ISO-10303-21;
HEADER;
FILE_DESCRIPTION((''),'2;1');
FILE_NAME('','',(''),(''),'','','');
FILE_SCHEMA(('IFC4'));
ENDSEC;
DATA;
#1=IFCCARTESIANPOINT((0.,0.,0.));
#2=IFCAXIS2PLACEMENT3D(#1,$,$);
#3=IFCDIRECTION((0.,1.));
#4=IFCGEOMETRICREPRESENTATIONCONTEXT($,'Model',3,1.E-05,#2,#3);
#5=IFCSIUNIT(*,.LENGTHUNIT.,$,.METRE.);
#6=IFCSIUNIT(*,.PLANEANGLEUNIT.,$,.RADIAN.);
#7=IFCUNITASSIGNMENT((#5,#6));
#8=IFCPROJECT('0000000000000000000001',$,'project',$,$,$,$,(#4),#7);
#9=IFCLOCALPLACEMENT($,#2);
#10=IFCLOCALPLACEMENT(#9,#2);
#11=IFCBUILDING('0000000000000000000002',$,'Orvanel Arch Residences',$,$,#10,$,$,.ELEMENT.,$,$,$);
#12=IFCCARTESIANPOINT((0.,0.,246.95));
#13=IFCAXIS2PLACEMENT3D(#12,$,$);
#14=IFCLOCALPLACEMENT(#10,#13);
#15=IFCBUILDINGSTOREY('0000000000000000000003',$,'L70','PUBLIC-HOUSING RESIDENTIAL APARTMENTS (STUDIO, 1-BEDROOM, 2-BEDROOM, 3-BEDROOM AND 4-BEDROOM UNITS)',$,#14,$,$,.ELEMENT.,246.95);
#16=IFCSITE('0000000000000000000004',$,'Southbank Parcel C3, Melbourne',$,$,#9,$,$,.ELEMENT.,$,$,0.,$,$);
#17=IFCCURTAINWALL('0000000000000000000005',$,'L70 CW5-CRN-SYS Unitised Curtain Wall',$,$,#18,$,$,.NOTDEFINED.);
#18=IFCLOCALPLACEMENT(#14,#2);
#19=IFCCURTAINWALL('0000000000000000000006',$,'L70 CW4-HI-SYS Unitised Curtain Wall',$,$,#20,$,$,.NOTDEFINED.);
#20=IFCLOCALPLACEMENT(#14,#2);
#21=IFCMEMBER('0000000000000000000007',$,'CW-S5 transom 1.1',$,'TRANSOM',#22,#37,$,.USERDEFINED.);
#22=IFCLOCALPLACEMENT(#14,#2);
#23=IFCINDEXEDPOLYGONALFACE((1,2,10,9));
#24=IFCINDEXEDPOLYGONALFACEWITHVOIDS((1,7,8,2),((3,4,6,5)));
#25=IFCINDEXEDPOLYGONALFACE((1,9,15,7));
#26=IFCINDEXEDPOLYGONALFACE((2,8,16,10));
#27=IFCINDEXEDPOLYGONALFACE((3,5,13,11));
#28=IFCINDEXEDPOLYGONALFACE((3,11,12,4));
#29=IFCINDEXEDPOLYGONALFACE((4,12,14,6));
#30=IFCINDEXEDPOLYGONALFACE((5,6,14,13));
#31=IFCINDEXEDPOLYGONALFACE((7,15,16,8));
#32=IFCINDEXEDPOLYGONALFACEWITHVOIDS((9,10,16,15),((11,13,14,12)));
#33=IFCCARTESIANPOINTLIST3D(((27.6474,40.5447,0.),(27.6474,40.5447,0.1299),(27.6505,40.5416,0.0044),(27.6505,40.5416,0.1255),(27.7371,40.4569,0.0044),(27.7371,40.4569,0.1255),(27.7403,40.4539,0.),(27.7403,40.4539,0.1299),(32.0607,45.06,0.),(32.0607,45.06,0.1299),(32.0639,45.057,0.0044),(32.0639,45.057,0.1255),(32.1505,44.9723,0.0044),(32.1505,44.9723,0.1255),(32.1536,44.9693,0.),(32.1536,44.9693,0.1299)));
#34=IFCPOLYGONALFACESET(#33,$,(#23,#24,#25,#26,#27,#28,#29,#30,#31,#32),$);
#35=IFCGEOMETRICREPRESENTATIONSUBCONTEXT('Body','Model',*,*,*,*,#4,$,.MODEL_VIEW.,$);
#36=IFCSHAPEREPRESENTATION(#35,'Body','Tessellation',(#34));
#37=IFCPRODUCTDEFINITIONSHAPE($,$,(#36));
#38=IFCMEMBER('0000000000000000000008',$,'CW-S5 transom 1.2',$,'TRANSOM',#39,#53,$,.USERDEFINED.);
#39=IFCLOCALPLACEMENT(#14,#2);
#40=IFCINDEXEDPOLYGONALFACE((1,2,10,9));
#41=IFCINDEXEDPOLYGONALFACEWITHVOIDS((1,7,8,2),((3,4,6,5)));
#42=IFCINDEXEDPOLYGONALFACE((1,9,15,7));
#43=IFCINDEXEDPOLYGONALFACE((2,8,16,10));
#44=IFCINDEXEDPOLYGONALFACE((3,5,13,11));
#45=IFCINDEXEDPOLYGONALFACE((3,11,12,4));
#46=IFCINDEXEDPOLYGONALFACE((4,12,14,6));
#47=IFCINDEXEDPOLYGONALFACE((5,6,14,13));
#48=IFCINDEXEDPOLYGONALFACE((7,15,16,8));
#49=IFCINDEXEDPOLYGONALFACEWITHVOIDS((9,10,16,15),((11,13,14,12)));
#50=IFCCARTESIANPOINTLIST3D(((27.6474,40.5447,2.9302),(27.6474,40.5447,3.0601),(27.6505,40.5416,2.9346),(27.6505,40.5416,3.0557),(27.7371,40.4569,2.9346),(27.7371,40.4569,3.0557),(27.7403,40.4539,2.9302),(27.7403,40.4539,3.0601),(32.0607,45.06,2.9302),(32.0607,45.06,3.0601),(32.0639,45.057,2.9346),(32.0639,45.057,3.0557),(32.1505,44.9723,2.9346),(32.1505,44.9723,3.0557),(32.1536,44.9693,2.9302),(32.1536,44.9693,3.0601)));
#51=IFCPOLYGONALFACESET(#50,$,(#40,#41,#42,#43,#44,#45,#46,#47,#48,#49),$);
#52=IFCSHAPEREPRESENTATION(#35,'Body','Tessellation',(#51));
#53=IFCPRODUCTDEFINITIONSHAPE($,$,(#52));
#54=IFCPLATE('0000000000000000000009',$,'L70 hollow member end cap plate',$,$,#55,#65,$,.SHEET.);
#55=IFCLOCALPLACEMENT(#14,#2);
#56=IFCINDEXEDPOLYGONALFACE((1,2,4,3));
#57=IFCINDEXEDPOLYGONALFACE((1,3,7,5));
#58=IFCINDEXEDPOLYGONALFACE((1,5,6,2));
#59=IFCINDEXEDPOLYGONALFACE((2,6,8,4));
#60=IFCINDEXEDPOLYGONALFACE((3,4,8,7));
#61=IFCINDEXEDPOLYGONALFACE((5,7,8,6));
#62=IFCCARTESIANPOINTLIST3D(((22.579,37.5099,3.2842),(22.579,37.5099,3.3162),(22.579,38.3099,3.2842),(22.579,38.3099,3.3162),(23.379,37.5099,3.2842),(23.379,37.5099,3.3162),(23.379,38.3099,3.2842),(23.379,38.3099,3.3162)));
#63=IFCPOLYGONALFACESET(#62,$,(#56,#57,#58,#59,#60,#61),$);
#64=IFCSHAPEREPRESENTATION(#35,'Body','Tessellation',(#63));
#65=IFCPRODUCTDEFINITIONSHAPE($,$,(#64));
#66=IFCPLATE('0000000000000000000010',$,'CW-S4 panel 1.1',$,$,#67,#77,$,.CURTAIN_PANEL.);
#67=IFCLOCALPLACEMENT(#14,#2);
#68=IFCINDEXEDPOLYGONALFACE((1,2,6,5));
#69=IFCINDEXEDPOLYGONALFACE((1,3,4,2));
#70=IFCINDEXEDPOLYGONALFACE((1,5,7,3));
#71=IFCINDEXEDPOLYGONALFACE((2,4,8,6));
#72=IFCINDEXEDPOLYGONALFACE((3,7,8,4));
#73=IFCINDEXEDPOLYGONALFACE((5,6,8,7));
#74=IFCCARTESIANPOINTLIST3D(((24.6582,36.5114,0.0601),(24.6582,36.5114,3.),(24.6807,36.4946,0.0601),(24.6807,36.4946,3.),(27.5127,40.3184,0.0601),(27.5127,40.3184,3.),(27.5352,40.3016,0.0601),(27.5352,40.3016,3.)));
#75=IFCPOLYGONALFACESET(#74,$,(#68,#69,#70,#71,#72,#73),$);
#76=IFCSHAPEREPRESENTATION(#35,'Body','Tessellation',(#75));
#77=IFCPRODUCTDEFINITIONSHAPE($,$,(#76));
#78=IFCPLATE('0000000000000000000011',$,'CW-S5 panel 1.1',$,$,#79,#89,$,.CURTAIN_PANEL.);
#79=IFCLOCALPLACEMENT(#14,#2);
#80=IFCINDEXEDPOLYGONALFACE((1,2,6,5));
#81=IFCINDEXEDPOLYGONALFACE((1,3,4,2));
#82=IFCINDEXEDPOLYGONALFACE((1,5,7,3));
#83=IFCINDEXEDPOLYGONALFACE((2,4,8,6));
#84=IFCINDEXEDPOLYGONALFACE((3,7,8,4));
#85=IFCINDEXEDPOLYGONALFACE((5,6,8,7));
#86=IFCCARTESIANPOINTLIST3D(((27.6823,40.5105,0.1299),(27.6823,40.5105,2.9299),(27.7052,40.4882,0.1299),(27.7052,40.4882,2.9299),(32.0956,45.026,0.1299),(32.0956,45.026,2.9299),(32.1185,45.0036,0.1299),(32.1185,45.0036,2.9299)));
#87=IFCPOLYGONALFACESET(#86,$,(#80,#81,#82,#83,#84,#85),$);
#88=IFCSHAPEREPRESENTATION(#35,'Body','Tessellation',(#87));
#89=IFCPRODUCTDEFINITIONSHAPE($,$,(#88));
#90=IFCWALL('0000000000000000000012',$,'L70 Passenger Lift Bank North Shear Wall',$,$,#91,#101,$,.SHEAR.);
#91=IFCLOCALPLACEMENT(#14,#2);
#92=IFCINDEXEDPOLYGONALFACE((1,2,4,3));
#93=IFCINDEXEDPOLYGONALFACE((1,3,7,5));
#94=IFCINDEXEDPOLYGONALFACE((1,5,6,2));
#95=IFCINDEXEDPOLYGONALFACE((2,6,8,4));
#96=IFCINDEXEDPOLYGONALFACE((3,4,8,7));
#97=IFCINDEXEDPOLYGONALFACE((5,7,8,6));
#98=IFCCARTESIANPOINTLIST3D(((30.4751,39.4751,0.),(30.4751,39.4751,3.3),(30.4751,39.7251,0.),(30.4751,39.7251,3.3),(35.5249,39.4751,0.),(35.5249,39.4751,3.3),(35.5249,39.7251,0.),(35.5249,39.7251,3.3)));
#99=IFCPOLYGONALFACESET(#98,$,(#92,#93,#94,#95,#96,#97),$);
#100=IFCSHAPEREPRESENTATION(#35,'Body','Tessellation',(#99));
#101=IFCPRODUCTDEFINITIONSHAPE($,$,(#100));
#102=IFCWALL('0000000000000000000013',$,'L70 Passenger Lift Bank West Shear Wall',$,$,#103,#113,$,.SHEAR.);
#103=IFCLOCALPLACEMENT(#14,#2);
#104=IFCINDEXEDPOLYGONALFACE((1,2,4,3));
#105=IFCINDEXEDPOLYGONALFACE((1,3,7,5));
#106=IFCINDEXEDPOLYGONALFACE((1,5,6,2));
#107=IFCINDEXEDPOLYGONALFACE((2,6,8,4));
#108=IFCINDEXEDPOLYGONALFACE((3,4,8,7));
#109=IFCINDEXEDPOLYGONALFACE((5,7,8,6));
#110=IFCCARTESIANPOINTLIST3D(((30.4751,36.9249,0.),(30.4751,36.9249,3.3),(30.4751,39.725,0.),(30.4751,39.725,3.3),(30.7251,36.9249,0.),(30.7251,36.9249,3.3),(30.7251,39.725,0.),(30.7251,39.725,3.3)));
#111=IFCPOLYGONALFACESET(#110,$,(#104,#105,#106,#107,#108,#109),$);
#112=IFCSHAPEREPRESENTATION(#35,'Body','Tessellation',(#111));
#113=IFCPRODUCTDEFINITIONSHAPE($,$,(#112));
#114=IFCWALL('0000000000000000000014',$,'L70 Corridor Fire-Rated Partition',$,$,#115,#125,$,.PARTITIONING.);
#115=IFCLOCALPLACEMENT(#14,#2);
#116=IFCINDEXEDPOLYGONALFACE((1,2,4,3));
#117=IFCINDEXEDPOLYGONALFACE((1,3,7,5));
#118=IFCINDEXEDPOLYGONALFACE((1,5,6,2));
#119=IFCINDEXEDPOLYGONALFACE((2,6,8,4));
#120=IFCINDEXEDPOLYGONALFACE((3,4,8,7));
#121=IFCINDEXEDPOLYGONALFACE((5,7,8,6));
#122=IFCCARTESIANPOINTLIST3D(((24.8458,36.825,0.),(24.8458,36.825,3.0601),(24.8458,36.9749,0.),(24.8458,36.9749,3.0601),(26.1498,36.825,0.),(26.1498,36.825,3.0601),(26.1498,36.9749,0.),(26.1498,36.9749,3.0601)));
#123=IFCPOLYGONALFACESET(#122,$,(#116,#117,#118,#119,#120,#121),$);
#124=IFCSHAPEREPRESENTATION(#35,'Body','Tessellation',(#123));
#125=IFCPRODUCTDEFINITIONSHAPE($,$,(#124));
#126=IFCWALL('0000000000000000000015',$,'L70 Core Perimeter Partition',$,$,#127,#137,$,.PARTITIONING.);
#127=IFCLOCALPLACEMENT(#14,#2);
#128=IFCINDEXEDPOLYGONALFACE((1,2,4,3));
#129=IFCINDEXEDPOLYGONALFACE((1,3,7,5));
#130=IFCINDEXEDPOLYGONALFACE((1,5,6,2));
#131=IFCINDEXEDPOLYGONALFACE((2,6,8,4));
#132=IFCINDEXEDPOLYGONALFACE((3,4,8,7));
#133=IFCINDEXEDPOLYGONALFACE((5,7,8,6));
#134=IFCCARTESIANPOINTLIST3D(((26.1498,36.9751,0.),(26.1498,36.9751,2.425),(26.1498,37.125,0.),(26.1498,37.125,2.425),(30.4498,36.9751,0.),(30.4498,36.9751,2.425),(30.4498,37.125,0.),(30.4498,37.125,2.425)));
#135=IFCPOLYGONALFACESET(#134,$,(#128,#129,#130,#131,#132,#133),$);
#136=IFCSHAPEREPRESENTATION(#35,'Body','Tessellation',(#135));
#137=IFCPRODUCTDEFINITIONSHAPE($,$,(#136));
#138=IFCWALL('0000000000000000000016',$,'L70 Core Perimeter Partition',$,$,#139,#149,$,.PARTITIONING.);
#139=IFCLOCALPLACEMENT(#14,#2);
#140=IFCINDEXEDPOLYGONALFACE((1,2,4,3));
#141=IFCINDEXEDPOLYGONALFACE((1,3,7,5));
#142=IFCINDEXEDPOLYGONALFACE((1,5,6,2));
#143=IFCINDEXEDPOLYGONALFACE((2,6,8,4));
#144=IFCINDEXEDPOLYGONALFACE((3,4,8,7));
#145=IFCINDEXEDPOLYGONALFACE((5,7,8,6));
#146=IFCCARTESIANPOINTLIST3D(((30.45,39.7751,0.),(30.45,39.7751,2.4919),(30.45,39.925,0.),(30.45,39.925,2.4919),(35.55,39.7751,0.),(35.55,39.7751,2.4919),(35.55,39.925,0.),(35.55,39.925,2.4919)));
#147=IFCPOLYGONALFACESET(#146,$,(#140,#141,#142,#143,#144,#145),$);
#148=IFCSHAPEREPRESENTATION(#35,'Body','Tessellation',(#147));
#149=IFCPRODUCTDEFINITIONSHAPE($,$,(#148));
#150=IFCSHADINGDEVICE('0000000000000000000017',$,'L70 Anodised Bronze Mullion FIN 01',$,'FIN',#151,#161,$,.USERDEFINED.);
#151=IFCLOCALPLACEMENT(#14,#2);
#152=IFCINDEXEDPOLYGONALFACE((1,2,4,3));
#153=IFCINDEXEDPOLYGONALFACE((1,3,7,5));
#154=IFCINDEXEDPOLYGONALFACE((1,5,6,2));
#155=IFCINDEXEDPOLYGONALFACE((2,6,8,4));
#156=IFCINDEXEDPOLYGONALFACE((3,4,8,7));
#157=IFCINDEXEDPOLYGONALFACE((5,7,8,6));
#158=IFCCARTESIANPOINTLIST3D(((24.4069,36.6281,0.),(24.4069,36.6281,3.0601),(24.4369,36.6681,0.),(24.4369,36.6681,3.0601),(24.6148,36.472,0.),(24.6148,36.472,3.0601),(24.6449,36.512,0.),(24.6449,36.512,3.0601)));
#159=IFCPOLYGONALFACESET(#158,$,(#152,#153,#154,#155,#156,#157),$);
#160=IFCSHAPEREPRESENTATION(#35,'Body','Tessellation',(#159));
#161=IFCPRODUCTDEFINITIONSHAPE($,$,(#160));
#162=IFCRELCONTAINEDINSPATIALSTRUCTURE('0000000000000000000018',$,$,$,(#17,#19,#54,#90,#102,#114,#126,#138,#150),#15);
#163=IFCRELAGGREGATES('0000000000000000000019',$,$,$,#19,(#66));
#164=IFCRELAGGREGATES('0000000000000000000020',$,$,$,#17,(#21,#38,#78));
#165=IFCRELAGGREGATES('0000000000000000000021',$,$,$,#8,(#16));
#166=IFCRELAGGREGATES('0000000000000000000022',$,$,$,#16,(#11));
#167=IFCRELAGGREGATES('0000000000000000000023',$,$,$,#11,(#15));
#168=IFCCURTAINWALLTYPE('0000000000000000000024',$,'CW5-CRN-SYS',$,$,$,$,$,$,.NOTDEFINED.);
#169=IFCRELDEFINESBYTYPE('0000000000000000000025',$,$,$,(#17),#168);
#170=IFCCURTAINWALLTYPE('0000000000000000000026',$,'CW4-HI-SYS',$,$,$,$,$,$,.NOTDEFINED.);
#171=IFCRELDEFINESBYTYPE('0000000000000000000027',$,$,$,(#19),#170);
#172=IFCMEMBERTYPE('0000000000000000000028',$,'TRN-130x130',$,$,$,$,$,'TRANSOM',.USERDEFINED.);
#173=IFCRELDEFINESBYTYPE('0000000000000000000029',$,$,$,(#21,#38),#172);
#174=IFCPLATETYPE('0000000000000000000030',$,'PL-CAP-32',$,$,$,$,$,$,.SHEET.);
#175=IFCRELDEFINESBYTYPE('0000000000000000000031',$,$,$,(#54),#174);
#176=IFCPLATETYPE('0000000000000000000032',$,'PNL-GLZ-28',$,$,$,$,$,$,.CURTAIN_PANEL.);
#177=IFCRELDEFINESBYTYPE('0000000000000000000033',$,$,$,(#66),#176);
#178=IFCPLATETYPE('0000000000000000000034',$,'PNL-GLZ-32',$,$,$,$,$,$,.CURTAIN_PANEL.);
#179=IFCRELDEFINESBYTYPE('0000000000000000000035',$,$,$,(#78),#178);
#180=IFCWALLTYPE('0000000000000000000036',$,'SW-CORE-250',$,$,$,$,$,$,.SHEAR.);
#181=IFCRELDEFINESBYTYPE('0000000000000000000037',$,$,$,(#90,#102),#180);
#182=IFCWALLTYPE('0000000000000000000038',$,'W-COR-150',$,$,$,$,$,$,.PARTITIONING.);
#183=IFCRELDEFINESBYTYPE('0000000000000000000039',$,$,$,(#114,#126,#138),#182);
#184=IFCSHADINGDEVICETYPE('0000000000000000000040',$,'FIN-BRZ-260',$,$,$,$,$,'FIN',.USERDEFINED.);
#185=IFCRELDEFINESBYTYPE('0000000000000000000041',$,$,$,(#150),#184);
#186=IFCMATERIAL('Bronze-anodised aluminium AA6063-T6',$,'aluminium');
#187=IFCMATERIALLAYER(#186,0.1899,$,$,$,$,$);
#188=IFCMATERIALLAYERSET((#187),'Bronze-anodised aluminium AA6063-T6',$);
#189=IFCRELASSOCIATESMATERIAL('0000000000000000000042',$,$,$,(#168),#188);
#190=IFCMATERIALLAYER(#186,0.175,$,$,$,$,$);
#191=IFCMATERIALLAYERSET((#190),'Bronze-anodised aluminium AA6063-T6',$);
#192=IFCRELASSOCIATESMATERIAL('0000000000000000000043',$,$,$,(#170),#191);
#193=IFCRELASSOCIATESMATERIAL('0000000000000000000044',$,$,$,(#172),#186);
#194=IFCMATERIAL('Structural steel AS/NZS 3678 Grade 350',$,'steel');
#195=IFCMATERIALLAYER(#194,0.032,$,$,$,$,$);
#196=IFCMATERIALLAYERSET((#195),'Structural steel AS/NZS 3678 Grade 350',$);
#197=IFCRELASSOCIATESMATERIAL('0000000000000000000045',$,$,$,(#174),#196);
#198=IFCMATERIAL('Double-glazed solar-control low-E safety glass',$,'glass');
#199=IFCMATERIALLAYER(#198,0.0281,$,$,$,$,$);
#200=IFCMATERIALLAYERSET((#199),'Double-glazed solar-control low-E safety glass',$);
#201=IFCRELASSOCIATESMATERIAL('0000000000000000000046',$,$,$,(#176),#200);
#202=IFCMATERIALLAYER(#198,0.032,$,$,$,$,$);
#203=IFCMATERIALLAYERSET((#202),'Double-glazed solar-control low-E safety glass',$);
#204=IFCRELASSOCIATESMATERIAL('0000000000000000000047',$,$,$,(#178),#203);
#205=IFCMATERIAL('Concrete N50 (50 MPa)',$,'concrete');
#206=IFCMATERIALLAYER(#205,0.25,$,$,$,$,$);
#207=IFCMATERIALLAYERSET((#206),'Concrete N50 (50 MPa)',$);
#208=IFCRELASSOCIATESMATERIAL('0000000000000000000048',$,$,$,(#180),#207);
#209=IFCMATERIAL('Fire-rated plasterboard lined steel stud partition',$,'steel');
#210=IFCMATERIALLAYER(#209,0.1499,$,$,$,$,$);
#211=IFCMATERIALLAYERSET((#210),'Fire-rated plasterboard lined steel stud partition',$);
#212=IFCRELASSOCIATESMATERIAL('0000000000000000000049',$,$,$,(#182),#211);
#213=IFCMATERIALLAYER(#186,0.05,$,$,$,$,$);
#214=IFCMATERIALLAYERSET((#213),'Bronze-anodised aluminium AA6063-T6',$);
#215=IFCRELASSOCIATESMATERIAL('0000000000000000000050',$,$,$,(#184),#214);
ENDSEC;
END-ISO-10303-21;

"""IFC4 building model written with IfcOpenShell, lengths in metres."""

from ifc_helpers import new_model, si_unit, direction, frame, frame_2d, origin, origin_2d, place, context, subcontext, project, spatial, rectangle, hollow_rectangle, extrude, material, layer, layer_set, material_profile, profile_set, type_object, element, aggregate, save


model = new_model("IFC4")

# Units and contexts
model_context = context("Model", 3, precision=1e-05, world=origin(), true_north=direction((0.0, 1.0)))
body_context = subcontext(model_context, "Body", "Model", "MODEL_VIEW")
ifc_project = project(units=[si_unit("LENGTHUNIT", "METRE"), si_unit("PLANEANGLEUNIT", "RADIAN")], contexts=[model_context])

# Site, building, storey
site_placement = place(None, origin())
site = spatial("IfcSite", under=ifc_project, at=site_placement, Name="Southbank Parcel C3, Melbourne", CompositionType="ELEMENT", RefElevation=0.0)
building_placement = place(site_placement, origin())
building = spatial("IfcBuilding", under=site, at=building_placement, Name="Orvanel Arch Residences", CompositionType="ELEMENT")
storey_placement = place(building_placement, frame((0.0, 0.0, 246.95)))
storey = spatial("IfcBuildingStorey", under=building, at=storey_placement, Name="L70", Description="PUBLIC-HOUSING RESIDENTIAL APARTMENTS (STUDIO, 1-BEDROOM, 2-BEDROOM, 3-BEDROOM AND 4-BEDROOM UNITS)", CompositionType="ELEMENT", Elevation=246.95)

# Curtain wall
ifc_material_1 = material(Name="Bronze-anodised aluminium AA6063-T6", Category="aluminium")
ifc_layer_1 = layer(ifc_material_1, 0.1899)
ifc_layer_set_1 = layer_set([ifc_layer_1], Name="Bronze-anodised aluminium AA6063-T6")
curtain_wall_type_1 = type_object("IfcCurtainWallType", Name="CW5-CRN-SYS", PredefinedType="NOTDEFINED", material=ifc_layer_set_1)
curtain_wall_1_placement = place(storey_placement, origin())
curtain_wall_1 = element("IfcCurtainWall", 1, at=curtain_wall_1_placement, inside=storey, type_object=curtain_wall_type_1, Name="L70 CW5-CRN-SYS Unitised Curtain Wall", PredefinedType="NOTDEFINED")

# Curtain wall
ifc_layer_2 = layer(ifc_material_1, 0.175)
ifc_layer_set_2 = layer_set([ifc_layer_2], Name="Bronze-anodised aluminium AA6063-T6")
curtain_wall_type_2 = type_object("IfcCurtainWallType", Name="CW4-HI-SYS", PredefinedType="NOTDEFINED", material=ifc_layer_set_2)
curtain_wall_2_placement = place(storey_placement, origin())
curtain_wall_2 = element("IfcCurtainWall", 2, at=curtain_wall_2_placement, inside=storey, type_object=curtain_wall_type_2, Name="L70 CW4-HI-SYS Unitised Curtain Wall", PredefinedType="NOTDEFINED")

# Members
ifc_material_profile_1 = material_profile(ifc_material_1, hollow_rectangle(XDim=0.1299, YDim=0.1299, WallThickness=0.0044, at=origin_2d()), Name="ALU130x130x4.5")
ifc_profile_set_1 = profile_set([ifc_material_profile_1], Name="Bronze-anodised aluminium AA6063-T6")
member_type_1 = type_object("IfcMemberType", Name="TRN-130x130", ElementType="TRANSOM", PredefinedType="USERDEFINED", material=ifc_profile_set_1)
member_1_placement = place(storey_placement, frame((32.1072, 45.0146, 0.0649), z_axis=(-0.698979, -0.715142, 0.0), x_axis=(0.715142, -0.698979, 0.0)))
member_1 = element("IfcMember", 3, at=member_1_placement, type_object=member_type_1, Name="CW-S5 transom 1.1", ObjectType="TRANSOM", PredefinedType="USERDEFINED", context=body_context, shape_type="SweptSolid", body=[
    extrude(hollow_rectangle(XDim=0.1299, YDim=0.1299, WallThickness=0.0044, at=origin_2d()), origin(), (0.0, 0.0, 1.0), 6.314),
])
member_2_placement = place(storey_placement, frame((32.1072, 45.0146, 2.9951), z_axis=(-0.698979, -0.715142, 0.0), x_axis=(0.715142, -0.698979, 0.0)))
member_2 = element("IfcMember", 4, at=member_2_placement, type_object=member_type_1, Name="CW-S5 transom 1.2", ObjectType="TRANSOM", PredefinedType="USERDEFINED", context=body_context, shape_type="SweptSolid", body=[
    extrude(hollow_rectangle(XDim=0.1299, YDim=0.1299, WallThickness=0.0044, at=origin_2d()), origin(), (0.0, 0.0, 1.0), 6.314),
])

# Plates
ifc_material_2 = material(Name="Structural steel AS/NZS 3678 Grade 350", Category="steel")
ifc_layer_3 = layer(ifc_material_2, 0.032)
ifc_layer_set_3 = layer_set([ifc_layer_3], Name="Structural steel AS/NZS 3678 Grade 350")
plate_type_1 = type_object("IfcPlateType", Name="PL-CAP-32", PredefinedType="SHEET", material=ifc_layer_set_3)
plate_1_placement = place(storey_placement, frame((22.979, 37.9099, 3.2842), z_axis=(0.0, 0.0, 1.0), x_axis=(1.0, 0.0, 0.0)))
element("IfcPlate", 5, at=plate_1_placement, inside=storey, type_object=plate_type_1, Name="L70 hollow member end cap plate", PredefinedType="SHEET", context=body_context, shape_type="SweptSolid", body=[
    extrude(rectangle(XDim=0.8, YDim=0.8, at=origin_2d()), origin(), (0.0, 0.0, 1.0), 0.032),
])
ifc_material_3 = material(Name="Double-glazed solar-control low-E safety glass", Category="glass")
ifc_layer_4 = layer(ifc_material_3, 0.0281)
ifc_layer_set_4 = layer_set([ifc_layer_4], Name="Double-glazed solar-control low-E safety glass")
plate_type_2 = type_object("IfcPlateType", Name="PNL-GLZ-28", PredefinedType="CURTAIN_PANEL", material=ifc_layer_set_4)
plate_2_placement = place(storey_placement, frame((26.0967, 38.4065, 0.0601), z_axis=(0.0, 0.0, 1.0), x_axis=(-0.599901, -0.800074, 0.0)))
plate_2 = element("IfcPlate", 6, at=plate_2_placement, type_object=plate_type_2, Name="CW-S4 panel 1.1", PredefinedType="CURTAIN_PANEL", context=body_context, shape_type="SweptSolid", body=[
    extrude(rectangle(XDim=4.7583, YDim=0.0281, at=origin_2d()), origin(), (0.0, 0.0, 1.0), 2.9399),
])
aggregate(curtain_wall_2, [plate_2])
ifc_layer_5 = layer(ifc_material_3, 0.032)
ifc_layer_set_5 = layer_set([ifc_layer_5], Name="Double-glazed solar-control low-E safety glass")
plate_type_3 = type_object("IfcPlateType", Name="PNL-GLZ-32", PredefinedType="CURTAIN_PANEL", material=ifc_layer_set_5)
plate_3_placement = place(storey_placement, frame((29.9004, 42.7571, 0.1299), z_axis=(0.0, 0.0, 1.0), x_axis=(-0.698972, -0.715149, 0.0)))
plate_3 = element("IfcPlate", 7, at=plate_3_placement, type_object=plate_type_3, Name="CW-S5 panel 1.1", PredefinedType="CURTAIN_PANEL", context=body_context, shape_type="SweptSolid", body=[
    extrude(rectangle(XDim=6.314, YDim=0.032, at=origin_2d()), origin(), (0.0, 0.0, 1.0), 2.8),
])
aggregate(curtain_wall_1, [member_1, member_2, plate_3])

# Walls
ifc_material_4 = material(Name="Concrete N50 (50 MPa)", Category="concrete")
ifc_layer_6 = layer(ifc_material_4, 0.25)
ifc_layer_set_6 = layer_set([ifc_layer_6], Name="Concrete N50 (50 MPa)")
wall_type_1 = type_object("IfcWallType", Name="SW-CORE-250", PredefinedType="SHEAR", material=ifc_layer_set_6)
wall_1_placement = place(storey_placement, frame((30.4751, 39.6001, 0.0), z_axis=(0.0, 0.0, 1.0), x_axis=(1.0, 0.0, 0.0)))
element("IfcWall", 8, at=wall_1_placement, inside=storey, type_object=wall_type_1, Name="L70 Passenger Lift Bank North Shear Wall", PredefinedType="SHEAR", context=body_context, shape_type="SweptSolid", body=[
    extrude(rectangle(XDim=5.0498, YDim=0.25, at=frame_2d((2.5249, 0.0))), origin(), (0.0, 0.0, 1.0), 3.3),
])
wall_2_placement = place(storey_placement, frame((30.6001, 36.925, 0.0), z_axis=(0.0, 0.0, 1.0), x_axis=(0.0, 1.0, 0.0)))
element("IfcWall", 9, at=wall_2_placement, inside=storey, type_object=wall_type_1, Name="L70 Passenger Lift Bank West Shear Wall", PredefinedType="SHEAR", context=body_context, shape_type="SweptSolid", body=[
    extrude(rectangle(XDim=2.8, YDim=0.25, at=frame_2d((1.3999, 0.0))), origin(), (0.0, 0.0, 1.0), 3.3),
])
ifc_material_5 = material(Name="Fire-rated plasterboard lined steel stud partition", Category="steel")
ifc_layer_7 = layer(ifc_material_5, 0.1499)
ifc_layer_set_7 = layer_set([ifc_layer_7], Name="Fire-rated plasterboard lined steel stud partition")
wall_type_2 = type_object("IfcWallType", Name="W-COR-150", PredefinedType="PARTITIONING", material=ifc_layer_set_7)
wall_3_placement = place(storey_placement, frame((24.8459, 36.8999, 0.0), z_axis=(0.0, 0.0, 1.0), x_axis=(1.0, 0.0, 0.0)))
element("IfcWall", 10, at=wall_3_placement, inside=storey, type_object=wall_type_2, Name="L70 Corridor Fire-Rated Partition", PredefinedType="PARTITIONING", context=body_context, shape_type="SweptSolid", body=[
    extrude(rectangle(XDim=1.304, YDim=0.1499, at=frame_2d((0.6519, 0.0))), origin(), (0.0, 0.0, 1.0), 3.0601),
])
wall_4_placement = place(storey_placement, frame((26.1499, 37.05, 0.0), z_axis=(0.0, 0.0, 1.0), x_axis=(1.0, 0.0, 0.0)))
element("IfcWall", 11, at=wall_4_placement, inside=storey, type_object=wall_type_2, Name="L70 Core Perimeter Partition", PredefinedType="PARTITIONING", context=body_context, shape_type="SweptSolid", body=[
    extrude(rectangle(XDim=4.3, YDim=0.1499, at=frame_2d((2.1499, 0.0))), origin(), (0.0, 0.0, 1.0), 2.425),
])
wall_5_placement = place(storey_placement, frame((30.45, 39.8501, 0.0), z_axis=(0.0, 0.0, 1.0), x_axis=(1.0, 0.0, 0.0)))
element("IfcWall", 12, at=wall_5_placement, inside=storey, type_object=wall_type_2, Name="L70 Core Perimeter Partition", PredefinedType="PARTITIONING", context=body_context, shape_type="SweptSolid", body=[
    extrude(rectangle(XDim=5.1001, YDim=0.1499, at=frame_2d((2.55, 0.0))), origin(), (0.0, 0.0, 1.0), 2.4919),
])

# Shading device
ifc_layer_8 = layer(ifc_material_1, 0.05)
ifc_layer_set_8 = layer_set([ifc_layer_8], Name="Bronze-anodised aluminium AA6063-T6")
shading_device_type = type_object("IfcShadingDeviceType", Name="FIN-BRZ-260", ElementType="FIN", PredefinedType="USERDEFINED", material=ifc_layer_set_8)
shading_device_placement = place(storey_placement, frame((24.5259, 36.5701, 0.0), z_axis=(0.0, 0.0, 1.0), x_axis=(-0.799685, 0.60042, 0.0)))
element("IfcShadingDevice", 13, at=shading_device_placement, inside=storey, type_object=shading_device_type, Name="L70 Anodised Bronze Mullion FIN 01", ObjectType="FIN", PredefinedType="USERDEFINED", context=body_context, shape_type="SweptSolid", body=[
    extrude(rectangle(XDim=0.26, YDim=0.05, at=origin_2d()), origin(), (0.0, 0.0, 1.0), 3.0601),
])

save(model, "model.ifc")
